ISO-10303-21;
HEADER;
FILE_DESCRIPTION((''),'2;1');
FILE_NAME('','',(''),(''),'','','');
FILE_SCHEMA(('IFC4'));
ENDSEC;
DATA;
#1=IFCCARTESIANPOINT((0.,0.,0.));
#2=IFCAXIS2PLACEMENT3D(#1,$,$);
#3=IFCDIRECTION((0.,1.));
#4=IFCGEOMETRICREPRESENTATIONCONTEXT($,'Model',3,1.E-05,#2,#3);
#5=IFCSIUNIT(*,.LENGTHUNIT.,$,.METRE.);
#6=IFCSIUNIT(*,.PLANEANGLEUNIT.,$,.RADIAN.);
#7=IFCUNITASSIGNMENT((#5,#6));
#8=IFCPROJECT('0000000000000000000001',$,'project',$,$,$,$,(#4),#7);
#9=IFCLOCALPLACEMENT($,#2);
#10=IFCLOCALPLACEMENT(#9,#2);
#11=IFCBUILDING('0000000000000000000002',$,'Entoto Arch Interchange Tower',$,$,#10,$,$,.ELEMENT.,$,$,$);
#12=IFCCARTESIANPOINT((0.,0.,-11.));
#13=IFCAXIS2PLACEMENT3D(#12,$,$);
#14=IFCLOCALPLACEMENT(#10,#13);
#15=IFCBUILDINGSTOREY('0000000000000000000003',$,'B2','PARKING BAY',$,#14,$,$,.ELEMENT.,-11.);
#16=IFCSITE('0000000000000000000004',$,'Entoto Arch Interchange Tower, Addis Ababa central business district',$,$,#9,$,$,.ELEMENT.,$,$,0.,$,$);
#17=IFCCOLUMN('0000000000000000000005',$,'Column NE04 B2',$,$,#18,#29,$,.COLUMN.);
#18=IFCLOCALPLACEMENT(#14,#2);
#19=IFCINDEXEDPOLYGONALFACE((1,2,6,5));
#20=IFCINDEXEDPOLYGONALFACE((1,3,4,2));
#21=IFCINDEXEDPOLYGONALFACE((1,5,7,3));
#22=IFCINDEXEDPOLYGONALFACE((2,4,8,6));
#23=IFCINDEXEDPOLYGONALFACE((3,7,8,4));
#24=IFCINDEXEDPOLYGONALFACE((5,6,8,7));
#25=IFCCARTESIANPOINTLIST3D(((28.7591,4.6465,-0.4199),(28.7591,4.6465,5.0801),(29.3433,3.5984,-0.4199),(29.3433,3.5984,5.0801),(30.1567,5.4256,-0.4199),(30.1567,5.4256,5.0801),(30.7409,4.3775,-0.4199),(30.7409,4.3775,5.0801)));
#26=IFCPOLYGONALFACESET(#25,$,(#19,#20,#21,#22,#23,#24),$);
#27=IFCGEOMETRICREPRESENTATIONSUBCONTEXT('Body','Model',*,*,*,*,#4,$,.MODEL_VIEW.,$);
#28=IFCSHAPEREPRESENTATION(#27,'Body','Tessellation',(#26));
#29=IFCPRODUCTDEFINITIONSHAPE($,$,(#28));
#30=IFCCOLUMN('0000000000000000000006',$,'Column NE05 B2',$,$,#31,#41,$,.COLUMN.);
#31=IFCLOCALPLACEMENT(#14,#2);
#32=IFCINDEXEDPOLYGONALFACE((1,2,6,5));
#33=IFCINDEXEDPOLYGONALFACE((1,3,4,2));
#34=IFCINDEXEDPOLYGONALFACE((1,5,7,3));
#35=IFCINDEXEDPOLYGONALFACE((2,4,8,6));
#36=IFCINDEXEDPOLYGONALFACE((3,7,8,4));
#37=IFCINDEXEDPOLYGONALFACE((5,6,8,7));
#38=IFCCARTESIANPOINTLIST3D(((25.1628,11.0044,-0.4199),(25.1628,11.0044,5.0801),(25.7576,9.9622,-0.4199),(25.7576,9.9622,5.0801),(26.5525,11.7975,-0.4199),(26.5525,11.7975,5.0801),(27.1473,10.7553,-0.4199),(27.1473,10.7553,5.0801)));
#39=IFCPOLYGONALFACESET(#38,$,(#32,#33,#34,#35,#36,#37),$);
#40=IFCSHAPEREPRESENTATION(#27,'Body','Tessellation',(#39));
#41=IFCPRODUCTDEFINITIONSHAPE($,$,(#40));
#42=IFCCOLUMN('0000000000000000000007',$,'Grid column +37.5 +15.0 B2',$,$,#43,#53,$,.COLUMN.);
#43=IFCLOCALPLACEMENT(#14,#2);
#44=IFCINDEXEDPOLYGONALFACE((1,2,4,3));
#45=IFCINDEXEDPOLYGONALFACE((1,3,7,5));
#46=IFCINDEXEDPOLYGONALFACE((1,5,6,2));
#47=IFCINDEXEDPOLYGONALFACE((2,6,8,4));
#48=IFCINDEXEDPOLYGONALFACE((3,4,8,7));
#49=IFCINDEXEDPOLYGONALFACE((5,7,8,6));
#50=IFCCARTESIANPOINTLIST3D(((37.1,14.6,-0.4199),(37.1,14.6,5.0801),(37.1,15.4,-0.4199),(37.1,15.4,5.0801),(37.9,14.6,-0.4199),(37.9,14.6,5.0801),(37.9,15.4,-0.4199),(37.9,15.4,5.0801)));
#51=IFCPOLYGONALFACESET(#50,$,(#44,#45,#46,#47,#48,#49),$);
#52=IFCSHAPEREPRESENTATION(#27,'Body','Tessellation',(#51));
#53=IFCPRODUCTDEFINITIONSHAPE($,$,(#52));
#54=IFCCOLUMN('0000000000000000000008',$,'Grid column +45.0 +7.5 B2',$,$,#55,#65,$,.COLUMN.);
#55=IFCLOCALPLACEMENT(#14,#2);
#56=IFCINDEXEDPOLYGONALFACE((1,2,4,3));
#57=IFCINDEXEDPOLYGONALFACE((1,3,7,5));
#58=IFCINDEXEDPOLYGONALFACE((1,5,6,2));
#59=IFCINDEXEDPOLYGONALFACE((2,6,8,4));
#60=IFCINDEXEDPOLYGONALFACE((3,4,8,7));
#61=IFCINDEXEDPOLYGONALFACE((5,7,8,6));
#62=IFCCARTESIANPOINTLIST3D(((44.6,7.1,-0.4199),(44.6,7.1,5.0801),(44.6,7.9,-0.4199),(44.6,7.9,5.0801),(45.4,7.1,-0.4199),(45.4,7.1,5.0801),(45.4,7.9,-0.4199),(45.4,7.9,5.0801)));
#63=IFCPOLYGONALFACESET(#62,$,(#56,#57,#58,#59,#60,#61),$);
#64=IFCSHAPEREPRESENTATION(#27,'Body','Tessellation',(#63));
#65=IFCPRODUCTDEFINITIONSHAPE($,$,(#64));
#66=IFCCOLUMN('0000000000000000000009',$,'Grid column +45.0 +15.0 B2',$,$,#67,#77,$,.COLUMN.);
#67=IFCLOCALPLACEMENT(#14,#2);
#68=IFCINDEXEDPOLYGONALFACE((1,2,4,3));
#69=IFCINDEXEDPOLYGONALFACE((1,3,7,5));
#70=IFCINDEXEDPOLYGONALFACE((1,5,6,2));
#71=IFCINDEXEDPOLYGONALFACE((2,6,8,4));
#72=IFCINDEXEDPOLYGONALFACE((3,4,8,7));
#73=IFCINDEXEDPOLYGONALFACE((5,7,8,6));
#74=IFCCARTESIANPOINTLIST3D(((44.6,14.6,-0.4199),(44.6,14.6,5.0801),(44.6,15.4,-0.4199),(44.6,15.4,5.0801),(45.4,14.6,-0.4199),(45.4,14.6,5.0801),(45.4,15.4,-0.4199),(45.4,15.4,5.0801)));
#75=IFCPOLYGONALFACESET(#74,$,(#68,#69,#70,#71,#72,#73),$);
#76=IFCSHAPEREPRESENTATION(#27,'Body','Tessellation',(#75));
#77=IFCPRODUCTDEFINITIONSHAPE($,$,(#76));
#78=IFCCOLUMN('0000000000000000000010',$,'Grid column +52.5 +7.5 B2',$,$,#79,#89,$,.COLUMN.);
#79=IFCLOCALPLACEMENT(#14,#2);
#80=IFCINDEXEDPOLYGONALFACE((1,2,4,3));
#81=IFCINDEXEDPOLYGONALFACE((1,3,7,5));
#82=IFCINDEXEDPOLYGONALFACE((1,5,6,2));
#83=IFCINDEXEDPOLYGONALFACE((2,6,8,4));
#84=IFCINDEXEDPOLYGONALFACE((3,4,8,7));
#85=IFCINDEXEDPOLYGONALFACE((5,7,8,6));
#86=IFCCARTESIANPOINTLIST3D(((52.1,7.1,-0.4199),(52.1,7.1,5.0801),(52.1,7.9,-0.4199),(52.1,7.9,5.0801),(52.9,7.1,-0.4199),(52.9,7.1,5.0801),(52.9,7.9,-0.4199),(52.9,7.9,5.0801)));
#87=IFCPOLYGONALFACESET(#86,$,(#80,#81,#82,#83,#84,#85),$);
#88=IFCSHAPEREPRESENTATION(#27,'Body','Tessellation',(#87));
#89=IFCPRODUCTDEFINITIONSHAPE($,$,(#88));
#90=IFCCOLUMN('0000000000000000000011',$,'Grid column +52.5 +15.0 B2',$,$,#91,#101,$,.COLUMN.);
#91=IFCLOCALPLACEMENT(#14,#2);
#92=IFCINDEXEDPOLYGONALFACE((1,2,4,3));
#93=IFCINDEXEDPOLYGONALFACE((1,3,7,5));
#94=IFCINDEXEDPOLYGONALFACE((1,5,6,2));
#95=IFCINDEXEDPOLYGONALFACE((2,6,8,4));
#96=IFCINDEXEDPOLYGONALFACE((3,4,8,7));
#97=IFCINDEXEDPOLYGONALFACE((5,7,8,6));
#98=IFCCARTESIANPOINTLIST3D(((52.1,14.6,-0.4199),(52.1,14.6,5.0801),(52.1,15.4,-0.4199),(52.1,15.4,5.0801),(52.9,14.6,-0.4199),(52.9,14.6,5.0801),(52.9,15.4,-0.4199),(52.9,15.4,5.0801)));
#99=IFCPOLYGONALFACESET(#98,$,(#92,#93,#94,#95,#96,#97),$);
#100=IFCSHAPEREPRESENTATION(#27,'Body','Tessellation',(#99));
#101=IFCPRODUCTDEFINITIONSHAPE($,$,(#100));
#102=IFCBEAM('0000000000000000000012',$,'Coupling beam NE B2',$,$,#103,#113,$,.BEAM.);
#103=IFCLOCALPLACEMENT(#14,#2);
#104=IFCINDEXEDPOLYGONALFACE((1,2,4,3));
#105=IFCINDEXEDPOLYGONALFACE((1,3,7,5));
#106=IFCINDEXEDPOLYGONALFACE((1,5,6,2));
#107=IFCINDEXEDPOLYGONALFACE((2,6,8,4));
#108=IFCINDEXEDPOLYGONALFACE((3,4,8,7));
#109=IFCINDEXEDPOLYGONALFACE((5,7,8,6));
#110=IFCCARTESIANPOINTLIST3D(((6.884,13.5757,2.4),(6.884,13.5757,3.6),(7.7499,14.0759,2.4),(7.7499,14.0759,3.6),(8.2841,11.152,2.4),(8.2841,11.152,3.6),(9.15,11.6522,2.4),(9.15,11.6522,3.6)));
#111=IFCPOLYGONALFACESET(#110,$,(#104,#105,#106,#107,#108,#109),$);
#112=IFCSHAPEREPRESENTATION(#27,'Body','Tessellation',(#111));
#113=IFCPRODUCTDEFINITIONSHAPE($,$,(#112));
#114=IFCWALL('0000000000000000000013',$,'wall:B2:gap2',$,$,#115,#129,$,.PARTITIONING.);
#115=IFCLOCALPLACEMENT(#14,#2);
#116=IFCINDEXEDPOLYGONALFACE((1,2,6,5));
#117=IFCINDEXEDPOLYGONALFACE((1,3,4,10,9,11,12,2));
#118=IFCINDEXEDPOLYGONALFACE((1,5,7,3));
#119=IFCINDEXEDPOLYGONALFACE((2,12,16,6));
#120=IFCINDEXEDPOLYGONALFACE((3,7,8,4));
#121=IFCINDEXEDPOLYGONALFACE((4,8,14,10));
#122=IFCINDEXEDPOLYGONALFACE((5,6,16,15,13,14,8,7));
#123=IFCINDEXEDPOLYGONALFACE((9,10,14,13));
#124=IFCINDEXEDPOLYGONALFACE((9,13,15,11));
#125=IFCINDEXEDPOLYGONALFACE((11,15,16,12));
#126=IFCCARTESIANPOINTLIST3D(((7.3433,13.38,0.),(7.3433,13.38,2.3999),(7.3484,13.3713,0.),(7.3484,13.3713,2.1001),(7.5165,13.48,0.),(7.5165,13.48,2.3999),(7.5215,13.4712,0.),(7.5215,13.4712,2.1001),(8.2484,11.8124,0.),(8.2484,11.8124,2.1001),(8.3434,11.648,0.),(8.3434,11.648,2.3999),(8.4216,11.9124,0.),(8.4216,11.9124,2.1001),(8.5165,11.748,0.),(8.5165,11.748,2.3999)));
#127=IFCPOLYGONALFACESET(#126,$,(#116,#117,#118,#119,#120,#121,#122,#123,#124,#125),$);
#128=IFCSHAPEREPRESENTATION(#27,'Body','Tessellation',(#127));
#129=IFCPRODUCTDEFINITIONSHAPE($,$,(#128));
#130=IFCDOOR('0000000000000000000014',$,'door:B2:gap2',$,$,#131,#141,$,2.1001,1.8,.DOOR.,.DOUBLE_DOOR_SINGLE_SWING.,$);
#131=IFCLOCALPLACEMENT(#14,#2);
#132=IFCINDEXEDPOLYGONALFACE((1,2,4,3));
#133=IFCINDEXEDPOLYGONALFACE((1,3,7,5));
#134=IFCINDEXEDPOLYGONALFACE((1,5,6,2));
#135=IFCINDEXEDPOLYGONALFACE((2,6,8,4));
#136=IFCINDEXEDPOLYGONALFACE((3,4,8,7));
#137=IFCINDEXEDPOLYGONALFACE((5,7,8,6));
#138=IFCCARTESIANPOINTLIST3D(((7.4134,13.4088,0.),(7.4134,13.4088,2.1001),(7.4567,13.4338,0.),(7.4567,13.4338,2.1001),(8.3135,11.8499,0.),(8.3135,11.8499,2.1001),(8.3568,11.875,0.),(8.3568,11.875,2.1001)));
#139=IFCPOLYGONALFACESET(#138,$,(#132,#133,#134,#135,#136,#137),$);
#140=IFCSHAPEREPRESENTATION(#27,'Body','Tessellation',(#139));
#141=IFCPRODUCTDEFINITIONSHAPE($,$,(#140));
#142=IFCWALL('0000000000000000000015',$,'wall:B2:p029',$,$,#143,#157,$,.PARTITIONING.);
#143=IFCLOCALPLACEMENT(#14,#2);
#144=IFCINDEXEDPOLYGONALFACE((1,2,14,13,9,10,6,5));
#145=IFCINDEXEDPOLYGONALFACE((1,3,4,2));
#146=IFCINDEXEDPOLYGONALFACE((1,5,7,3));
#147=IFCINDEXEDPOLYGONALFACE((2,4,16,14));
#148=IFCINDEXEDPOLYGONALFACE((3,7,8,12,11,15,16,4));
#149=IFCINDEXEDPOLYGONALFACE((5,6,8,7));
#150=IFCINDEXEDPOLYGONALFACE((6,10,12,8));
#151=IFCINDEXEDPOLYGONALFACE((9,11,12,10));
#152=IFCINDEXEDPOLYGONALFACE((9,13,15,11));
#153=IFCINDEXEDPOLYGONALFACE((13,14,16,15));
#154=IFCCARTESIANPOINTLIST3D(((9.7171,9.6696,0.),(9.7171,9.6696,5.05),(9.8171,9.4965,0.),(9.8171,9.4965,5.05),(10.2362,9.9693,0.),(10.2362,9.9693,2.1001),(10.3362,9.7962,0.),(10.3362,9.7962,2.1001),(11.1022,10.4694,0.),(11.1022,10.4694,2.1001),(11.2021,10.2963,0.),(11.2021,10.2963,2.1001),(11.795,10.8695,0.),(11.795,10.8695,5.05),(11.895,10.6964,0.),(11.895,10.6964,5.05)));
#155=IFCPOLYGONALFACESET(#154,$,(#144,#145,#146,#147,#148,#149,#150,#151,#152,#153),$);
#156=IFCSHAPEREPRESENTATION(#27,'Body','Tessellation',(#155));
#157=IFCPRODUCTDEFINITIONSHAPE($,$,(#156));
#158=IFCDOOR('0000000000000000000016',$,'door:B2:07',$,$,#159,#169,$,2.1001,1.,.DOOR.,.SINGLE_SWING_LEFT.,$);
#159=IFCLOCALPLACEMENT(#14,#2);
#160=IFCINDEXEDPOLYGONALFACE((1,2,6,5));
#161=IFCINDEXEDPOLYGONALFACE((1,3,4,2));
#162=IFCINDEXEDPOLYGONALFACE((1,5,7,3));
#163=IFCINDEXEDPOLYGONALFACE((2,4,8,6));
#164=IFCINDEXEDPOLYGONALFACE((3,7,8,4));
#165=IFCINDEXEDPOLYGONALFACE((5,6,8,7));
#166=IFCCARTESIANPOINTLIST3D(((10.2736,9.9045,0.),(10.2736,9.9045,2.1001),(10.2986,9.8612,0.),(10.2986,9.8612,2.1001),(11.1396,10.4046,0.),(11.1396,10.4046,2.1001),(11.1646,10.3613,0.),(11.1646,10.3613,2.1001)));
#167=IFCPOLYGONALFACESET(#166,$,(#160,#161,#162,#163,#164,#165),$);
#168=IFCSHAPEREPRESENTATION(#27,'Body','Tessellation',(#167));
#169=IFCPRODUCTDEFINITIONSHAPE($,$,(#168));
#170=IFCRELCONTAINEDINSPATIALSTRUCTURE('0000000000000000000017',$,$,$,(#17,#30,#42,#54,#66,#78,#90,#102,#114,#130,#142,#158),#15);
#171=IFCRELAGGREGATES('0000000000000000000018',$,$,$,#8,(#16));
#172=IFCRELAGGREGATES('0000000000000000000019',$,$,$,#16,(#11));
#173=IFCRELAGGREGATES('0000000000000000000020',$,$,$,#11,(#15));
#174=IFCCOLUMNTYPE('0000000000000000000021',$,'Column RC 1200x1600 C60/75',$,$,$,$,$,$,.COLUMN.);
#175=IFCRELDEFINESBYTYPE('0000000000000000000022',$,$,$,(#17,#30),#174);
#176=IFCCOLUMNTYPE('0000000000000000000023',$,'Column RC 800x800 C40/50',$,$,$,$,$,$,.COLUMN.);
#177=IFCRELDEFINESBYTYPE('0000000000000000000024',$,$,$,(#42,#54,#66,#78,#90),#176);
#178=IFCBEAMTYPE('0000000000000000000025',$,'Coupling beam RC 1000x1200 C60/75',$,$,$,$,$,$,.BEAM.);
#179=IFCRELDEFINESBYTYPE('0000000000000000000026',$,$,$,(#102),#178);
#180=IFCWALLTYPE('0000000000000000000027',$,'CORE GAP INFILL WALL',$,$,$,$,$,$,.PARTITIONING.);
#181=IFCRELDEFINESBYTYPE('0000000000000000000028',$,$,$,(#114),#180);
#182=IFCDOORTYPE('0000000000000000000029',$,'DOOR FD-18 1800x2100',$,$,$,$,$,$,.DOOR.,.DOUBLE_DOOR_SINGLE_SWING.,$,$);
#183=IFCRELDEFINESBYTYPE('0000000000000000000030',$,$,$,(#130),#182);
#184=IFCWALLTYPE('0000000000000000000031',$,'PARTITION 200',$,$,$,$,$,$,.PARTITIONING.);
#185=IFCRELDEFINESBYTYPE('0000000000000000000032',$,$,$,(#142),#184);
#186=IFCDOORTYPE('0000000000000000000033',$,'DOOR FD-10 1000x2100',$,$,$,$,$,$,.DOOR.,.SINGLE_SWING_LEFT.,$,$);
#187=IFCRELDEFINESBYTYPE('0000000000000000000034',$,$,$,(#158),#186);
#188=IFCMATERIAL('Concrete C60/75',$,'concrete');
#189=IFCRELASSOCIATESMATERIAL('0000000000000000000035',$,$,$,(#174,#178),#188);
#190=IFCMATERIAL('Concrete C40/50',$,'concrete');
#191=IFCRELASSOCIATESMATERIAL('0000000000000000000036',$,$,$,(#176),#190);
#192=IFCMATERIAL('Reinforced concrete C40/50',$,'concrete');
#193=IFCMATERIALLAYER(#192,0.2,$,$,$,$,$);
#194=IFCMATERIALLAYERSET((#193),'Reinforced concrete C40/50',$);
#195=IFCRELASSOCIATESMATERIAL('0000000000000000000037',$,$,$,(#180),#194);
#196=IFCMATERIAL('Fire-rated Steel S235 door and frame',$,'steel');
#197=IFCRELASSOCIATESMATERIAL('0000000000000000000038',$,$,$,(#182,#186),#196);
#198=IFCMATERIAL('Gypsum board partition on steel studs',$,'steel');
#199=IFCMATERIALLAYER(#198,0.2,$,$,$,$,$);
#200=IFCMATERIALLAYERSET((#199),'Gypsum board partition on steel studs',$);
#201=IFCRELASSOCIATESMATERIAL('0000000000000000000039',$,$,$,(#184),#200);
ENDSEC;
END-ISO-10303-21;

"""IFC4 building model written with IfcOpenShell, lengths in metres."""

from ifc_helpers import new_model, si_unit, direction, frame, frame_2d, origin, origin_2d, place, context, subcontext, project, spatial, rectangle, extrude, material, layer, layer_set, material_profile, profile_set, type_object, element, fill, save


model = new_model("IFC4")

# Units and contexts
model_context = context("Model", 3, precision=1e-05, world=origin(), true_north=direction((0.0, 1.0)))
body_context = subcontext(model_context, "Body", "Model", "MODEL_VIEW")
ifc_project = project(units=[si_unit("LENGTHUNIT", "METRE"), si_unit("PLANEANGLEUNIT", "RADIAN")], contexts=[model_context])

# Site, building, storey
site_placement = place(None, origin())
site = spatial("IfcSite", under=ifc_project, at=site_placement, Name="Entoto Arch Interchange Tower, Addis Ababa central business district", CompositionType="ELEMENT", RefElevation=0.0)
building_placement = place(site_placement, origin())
building = spatial("IfcBuilding", under=site, at=building_placement, Name="Entoto Arch Interchange Tower", CompositionType="ELEMENT")
storey_placement = place(building_placement, frame((0.0, 0.0, -11.0)))
storey = spatial("IfcBuildingStorey", under=building, at=storey_placement, Name="B2", Description="PARKING BAY", CompositionType="ELEMENT", Elevation=-11.0)

# Columns
ifc_material_1 = material(Name="Concrete C60/75", Category="concrete")
ifc_material_profile_1 = material_profile(ifc_material_1, rectangle(XDim=1.2, YDim=1.6001, at=origin_2d()))
ifc_profile_set_1 = profile_set([ifc_material_profile_1], Name="Concrete C60/75")
column_type_1 = type_object("IfcColumnType", Name="Column RC 1200x1600 C60/75", PredefinedType="COLUMN", material=ifc_profile_set_1)
for number, where, z_axis, x_axis, name in (
    (1, (29.75, 4.512, -0.4199), (0.0, 0.0, 1.0), (-0.486915, 0.873449, 0.0), "Column NE04 B2"),
    (2, (26.155, 10.8799, -0.4199), (0.0, 0.0, 1.0), (-0.495656, 0.868519, 0.0), "Column NE05 B2"),
):
    element("IfcColumn", number, at=place(storey_placement, frame(where, z_axis=z_axis, x_axis=x_axis)), inside=storey, type_object=column_type_1, Name=name, PredefinedType="COLUMN", context=body_context, shape_type="SweptSolid", body=[
        extrude(rectangle(XDim=1.2, YDim=1.6001, at=origin_2d()), origin(), (0.0, 0.0, 1.0), 5.5),
    ])
ifc_material_2 = material(Name="Concrete C40/50", Category="concrete")
ifc_material_profile_2 = material_profile(ifc_material_2, rectangle(XDim=0.8, YDim=0.8, at=origin_2d()))
ifc_profile_set_2 = profile_set([ifc_material_profile_2], Name="Concrete C40/50")
column_type_2 = type_object("IfcColumnType", Name="Column RC 800x800 C40/50", PredefinedType="COLUMN", material=ifc_profile_set_2)
for number, where, z_axis, x_axis, name in (
    (3, (37.5, 15.0, -0.4199), (0.0, 0.0, 1.0), (1.0, 0.0, 0.0), "Grid column +37.5 +15.0 B2"),
    (4, (45.0, 7.5, -0.4199), (0.0, 0.0, 1.0), (1.0, 0.0, 0.0), "Grid column +45.0 +7.5 B2"),
    (5, (45.0, 15.0, -0.4199), (0.0, 0.0, 1.0), (1.0, 0.0, 0.0), "Grid column +45.0 +15.0 B2"),
    (6, (52.5, 7.5, -0.4199), (0.0, 0.0, 1.0), (1.0, 0.0, 0.0), "Grid column +52.5 +7.5 B2"),
    (7, (52.5, 15.0, -0.4199), (0.0, 0.0, 1.0), (1.0, 0.0, 0.0), "Grid column +52.5 +15.0 B2"),
):
    element("IfcColumn", number, at=place(storey_placement, frame(where, z_axis=z_axis, x_axis=x_axis)), inside=storey, type_object=column_type_2, Name=name, PredefinedType="COLUMN", context=body_context, shape_type="SweptSolid", body=[
        extrude(rectangle(XDim=0.8, YDim=0.8, at=origin_2d()), origin(), (0.0, 0.0, 1.0), 5.5),
    ])

# Beam
ifc_material_profile_3 = material_profile(ifc_material_1, rectangle(XDim=1.0, YDim=1.2, at=origin_2d()))
ifc_profile_set_3 = profile_set([ifc_material_profile_3], Name="Concrete C60/75")
beam_type = type_object("IfcBeamType", Name="Coupling beam RC 1000x1200 C60/75", PredefinedType="BEAM", material=ifc_profile_set_3)
beam_placement = place(storey_placement, frame((8.717, 11.4021, 3.0), z_axis=(-0.500201, 0.86591, 0.0), x_axis=(-0.86591, -0.500201, 0.0)))
element("IfcBeam", 8, at=beam_placement, inside=storey, type_object=beam_type, Name="Coupling beam NE B2", PredefinedType="BEAM", context=body_context, shape_type="SweptSolid", body=[
    extrude(rectangle(XDim=1.0, YDim=1.2, at=origin_2d()), origin(), (0.0, 0.0, 1.0), 2.7991),
])

# Walls, openings, doors
ifc_material_3 = material(Name="Reinforced concrete C40/50", Category="concrete")
ifc_layer_1 = layer(ifc_material_3, 0.2)
ifc_layer_set_1 = layer_set([ifc_layer_1], Name="Reinforced concrete C40/50")
wall_type_1 = type_object("IfcWallType", Name="CORE GAP INFILL WALL", PredefinedType="PARTITIONING", material=ifc_layer_set_1)
wall_1_placement = place(storey_placement, frame((8.4299, 11.698, 0.0), z_axis=(0.0, 0.0, 1.0), x_axis=(-0.500025, 0.866011, 0.0)))
wall_1 = element("IfcWall", 9, at=wall_1_placement, inside=storey, type_object=wall_type_1, Name="wall:B2:gap2", PredefinedType="PARTITIONING", context=body_context, shape_type="SweptSolid", body=[
    extrude(rectangle(XDim=2.0, YDim=0.2, at=frame_2d((1.0, 0.0))), origin(), (0.0, 0.0, 1.0), 2.3999),
])
opening_1_placement = place(wall_1_placement, frame((0.1899, 0.0, 0.0)))
opening_1 = element("IfcOpeningElement", 10, at=opening_1_placement, cuts=wall_1, PredefinedType="OPENING", context=body_context, shape_type="SweptSolid", body=[
    extrude(rectangle(XDim=1.8, YDim=2.1001, at=frame_2d((0.8999, 1.05))), frame((0.0, 0.1099, 0.0), z_axis=(0.0, -1.0, 0.0), x_axis=(1.0, 0.0, 0.0)), (0.0, 0.0, 1.0), 0.22),
])
ifc_material_4 = material(Name="Fire-rated Steel S235 door and frame", Category="steel")
door_type_1 = type_object("IfcDoorType", Name="DOOR FD-18 1800x2100", OperationType="DOUBLE_DOOR_SINGLE_SWING", PredefinedType="DOOR", material=ifc_material_4)
door_1_placement = place(opening_1_placement, origin())
door_1 = element("IfcDoor", 11, at=door_1_placement, inside=storey, type_object=door_type_1, Name="door:B2:gap2", OperationType="DOUBLE_DOOR_SINGLE_SWING", OverallHeight=2.1001, OverallWidth=1.8, PredefinedType="DOOR", context=body_context, shape_type="SweptSolid", body=[
    extrude(rectangle(XDim=1.8, YDim=2.1001, at=frame_2d((0.8999, 1.05))), frame((0.0, 0.0249, 0.0), z_axis=(0.0, -1.0, 0.0), x_axis=(1.0, 0.0, 0.0)), (0.0, 0.0, 1.0), 0.05),
])
fill(opening_1, door_1)
ifc_material_5 = material(Name="Gypsum board partition on steel studs", Category="steel")
ifc_layer_2 = layer(ifc_material_5, 0.2)
ifc_layer_set_2 = layer_set([ifc_layer_2], Name="Gypsum board partition on steel studs")
wall_type_2 = type_object("IfcWallType", Name="PARTITION 200", PredefinedType="PARTITIONING", material=ifc_layer_set_2)
wall_2_placement = place(storey_placement, frame((11.845, 10.783, 0.0), z_axis=(0.0, 0.0, 1.0), x_axis=(-0.865974, -0.500089, 0.0)))
wall_2 = element("IfcWall", 12, at=wall_2_placement, inside=storey, type_object=wall_type_2, Name="wall:B2:p029", PredefinedType="PARTITIONING", context=body_context, shape_type="SweptSolid", body=[
    extrude(rectangle(XDim=2.3994, YDim=0.2, at=frame_2d((1.1997, 0.0))), origin(), (0.0, 0.0, 1.0), 5.05),
])
opening_2_placement = place(wall_2_placement, frame((0.8, 0.0, 0.0)))
opening_2 = element("IfcOpeningElement", 13, at=opening_2_placement, cuts=wall_2, PredefinedType="OPENING", context=body_context, shape_type="SweptSolid", body=[
    extrude(rectangle(XDim=1.0, YDim=2.1001, at=frame_2d((0.5, 1.05))), frame((0.0, 0.1099, 0.0), z_axis=(0.0, -1.0, 0.0), x_axis=(1.0, 0.0, 0.0)), (0.0, 0.0, 1.0), 0.22),
])
door_type_2 = type_object("IfcDoorType", Name="DOOR FD-10 1000x2100", OperationType="SINGLE_SWING_LEFT", PredefinedType="DOOR", material=ifc_material_4)
door_2_placement = place(opening_2_placement, origin())
door_2 = element("IfcDoor", 14, at=door_2_placement, inside=storey, type_object=door_type_2, Name="door:B2:07", OperationType="SINGLE_SWING_LEFT", OverallHeight=2.1001, OverallWidth=1.0, PredefinedType="DOOR", context=body_context, shape_type="SweptSolid", body=[
    extrude(rectangle(XDim=1.0, YDim=2.1001, at=frame_2d((0.5, 1.05))), frame((0.0, 0.0249, 0.0), z_axis=(0.0, -1.0, 0.0), x_axis=(1.0, 0.0, 0.0)), (0.0, 0.0, 1.0), 0.05),
])
fill(opening_2, door_2)

save(model, "model.ifc")
